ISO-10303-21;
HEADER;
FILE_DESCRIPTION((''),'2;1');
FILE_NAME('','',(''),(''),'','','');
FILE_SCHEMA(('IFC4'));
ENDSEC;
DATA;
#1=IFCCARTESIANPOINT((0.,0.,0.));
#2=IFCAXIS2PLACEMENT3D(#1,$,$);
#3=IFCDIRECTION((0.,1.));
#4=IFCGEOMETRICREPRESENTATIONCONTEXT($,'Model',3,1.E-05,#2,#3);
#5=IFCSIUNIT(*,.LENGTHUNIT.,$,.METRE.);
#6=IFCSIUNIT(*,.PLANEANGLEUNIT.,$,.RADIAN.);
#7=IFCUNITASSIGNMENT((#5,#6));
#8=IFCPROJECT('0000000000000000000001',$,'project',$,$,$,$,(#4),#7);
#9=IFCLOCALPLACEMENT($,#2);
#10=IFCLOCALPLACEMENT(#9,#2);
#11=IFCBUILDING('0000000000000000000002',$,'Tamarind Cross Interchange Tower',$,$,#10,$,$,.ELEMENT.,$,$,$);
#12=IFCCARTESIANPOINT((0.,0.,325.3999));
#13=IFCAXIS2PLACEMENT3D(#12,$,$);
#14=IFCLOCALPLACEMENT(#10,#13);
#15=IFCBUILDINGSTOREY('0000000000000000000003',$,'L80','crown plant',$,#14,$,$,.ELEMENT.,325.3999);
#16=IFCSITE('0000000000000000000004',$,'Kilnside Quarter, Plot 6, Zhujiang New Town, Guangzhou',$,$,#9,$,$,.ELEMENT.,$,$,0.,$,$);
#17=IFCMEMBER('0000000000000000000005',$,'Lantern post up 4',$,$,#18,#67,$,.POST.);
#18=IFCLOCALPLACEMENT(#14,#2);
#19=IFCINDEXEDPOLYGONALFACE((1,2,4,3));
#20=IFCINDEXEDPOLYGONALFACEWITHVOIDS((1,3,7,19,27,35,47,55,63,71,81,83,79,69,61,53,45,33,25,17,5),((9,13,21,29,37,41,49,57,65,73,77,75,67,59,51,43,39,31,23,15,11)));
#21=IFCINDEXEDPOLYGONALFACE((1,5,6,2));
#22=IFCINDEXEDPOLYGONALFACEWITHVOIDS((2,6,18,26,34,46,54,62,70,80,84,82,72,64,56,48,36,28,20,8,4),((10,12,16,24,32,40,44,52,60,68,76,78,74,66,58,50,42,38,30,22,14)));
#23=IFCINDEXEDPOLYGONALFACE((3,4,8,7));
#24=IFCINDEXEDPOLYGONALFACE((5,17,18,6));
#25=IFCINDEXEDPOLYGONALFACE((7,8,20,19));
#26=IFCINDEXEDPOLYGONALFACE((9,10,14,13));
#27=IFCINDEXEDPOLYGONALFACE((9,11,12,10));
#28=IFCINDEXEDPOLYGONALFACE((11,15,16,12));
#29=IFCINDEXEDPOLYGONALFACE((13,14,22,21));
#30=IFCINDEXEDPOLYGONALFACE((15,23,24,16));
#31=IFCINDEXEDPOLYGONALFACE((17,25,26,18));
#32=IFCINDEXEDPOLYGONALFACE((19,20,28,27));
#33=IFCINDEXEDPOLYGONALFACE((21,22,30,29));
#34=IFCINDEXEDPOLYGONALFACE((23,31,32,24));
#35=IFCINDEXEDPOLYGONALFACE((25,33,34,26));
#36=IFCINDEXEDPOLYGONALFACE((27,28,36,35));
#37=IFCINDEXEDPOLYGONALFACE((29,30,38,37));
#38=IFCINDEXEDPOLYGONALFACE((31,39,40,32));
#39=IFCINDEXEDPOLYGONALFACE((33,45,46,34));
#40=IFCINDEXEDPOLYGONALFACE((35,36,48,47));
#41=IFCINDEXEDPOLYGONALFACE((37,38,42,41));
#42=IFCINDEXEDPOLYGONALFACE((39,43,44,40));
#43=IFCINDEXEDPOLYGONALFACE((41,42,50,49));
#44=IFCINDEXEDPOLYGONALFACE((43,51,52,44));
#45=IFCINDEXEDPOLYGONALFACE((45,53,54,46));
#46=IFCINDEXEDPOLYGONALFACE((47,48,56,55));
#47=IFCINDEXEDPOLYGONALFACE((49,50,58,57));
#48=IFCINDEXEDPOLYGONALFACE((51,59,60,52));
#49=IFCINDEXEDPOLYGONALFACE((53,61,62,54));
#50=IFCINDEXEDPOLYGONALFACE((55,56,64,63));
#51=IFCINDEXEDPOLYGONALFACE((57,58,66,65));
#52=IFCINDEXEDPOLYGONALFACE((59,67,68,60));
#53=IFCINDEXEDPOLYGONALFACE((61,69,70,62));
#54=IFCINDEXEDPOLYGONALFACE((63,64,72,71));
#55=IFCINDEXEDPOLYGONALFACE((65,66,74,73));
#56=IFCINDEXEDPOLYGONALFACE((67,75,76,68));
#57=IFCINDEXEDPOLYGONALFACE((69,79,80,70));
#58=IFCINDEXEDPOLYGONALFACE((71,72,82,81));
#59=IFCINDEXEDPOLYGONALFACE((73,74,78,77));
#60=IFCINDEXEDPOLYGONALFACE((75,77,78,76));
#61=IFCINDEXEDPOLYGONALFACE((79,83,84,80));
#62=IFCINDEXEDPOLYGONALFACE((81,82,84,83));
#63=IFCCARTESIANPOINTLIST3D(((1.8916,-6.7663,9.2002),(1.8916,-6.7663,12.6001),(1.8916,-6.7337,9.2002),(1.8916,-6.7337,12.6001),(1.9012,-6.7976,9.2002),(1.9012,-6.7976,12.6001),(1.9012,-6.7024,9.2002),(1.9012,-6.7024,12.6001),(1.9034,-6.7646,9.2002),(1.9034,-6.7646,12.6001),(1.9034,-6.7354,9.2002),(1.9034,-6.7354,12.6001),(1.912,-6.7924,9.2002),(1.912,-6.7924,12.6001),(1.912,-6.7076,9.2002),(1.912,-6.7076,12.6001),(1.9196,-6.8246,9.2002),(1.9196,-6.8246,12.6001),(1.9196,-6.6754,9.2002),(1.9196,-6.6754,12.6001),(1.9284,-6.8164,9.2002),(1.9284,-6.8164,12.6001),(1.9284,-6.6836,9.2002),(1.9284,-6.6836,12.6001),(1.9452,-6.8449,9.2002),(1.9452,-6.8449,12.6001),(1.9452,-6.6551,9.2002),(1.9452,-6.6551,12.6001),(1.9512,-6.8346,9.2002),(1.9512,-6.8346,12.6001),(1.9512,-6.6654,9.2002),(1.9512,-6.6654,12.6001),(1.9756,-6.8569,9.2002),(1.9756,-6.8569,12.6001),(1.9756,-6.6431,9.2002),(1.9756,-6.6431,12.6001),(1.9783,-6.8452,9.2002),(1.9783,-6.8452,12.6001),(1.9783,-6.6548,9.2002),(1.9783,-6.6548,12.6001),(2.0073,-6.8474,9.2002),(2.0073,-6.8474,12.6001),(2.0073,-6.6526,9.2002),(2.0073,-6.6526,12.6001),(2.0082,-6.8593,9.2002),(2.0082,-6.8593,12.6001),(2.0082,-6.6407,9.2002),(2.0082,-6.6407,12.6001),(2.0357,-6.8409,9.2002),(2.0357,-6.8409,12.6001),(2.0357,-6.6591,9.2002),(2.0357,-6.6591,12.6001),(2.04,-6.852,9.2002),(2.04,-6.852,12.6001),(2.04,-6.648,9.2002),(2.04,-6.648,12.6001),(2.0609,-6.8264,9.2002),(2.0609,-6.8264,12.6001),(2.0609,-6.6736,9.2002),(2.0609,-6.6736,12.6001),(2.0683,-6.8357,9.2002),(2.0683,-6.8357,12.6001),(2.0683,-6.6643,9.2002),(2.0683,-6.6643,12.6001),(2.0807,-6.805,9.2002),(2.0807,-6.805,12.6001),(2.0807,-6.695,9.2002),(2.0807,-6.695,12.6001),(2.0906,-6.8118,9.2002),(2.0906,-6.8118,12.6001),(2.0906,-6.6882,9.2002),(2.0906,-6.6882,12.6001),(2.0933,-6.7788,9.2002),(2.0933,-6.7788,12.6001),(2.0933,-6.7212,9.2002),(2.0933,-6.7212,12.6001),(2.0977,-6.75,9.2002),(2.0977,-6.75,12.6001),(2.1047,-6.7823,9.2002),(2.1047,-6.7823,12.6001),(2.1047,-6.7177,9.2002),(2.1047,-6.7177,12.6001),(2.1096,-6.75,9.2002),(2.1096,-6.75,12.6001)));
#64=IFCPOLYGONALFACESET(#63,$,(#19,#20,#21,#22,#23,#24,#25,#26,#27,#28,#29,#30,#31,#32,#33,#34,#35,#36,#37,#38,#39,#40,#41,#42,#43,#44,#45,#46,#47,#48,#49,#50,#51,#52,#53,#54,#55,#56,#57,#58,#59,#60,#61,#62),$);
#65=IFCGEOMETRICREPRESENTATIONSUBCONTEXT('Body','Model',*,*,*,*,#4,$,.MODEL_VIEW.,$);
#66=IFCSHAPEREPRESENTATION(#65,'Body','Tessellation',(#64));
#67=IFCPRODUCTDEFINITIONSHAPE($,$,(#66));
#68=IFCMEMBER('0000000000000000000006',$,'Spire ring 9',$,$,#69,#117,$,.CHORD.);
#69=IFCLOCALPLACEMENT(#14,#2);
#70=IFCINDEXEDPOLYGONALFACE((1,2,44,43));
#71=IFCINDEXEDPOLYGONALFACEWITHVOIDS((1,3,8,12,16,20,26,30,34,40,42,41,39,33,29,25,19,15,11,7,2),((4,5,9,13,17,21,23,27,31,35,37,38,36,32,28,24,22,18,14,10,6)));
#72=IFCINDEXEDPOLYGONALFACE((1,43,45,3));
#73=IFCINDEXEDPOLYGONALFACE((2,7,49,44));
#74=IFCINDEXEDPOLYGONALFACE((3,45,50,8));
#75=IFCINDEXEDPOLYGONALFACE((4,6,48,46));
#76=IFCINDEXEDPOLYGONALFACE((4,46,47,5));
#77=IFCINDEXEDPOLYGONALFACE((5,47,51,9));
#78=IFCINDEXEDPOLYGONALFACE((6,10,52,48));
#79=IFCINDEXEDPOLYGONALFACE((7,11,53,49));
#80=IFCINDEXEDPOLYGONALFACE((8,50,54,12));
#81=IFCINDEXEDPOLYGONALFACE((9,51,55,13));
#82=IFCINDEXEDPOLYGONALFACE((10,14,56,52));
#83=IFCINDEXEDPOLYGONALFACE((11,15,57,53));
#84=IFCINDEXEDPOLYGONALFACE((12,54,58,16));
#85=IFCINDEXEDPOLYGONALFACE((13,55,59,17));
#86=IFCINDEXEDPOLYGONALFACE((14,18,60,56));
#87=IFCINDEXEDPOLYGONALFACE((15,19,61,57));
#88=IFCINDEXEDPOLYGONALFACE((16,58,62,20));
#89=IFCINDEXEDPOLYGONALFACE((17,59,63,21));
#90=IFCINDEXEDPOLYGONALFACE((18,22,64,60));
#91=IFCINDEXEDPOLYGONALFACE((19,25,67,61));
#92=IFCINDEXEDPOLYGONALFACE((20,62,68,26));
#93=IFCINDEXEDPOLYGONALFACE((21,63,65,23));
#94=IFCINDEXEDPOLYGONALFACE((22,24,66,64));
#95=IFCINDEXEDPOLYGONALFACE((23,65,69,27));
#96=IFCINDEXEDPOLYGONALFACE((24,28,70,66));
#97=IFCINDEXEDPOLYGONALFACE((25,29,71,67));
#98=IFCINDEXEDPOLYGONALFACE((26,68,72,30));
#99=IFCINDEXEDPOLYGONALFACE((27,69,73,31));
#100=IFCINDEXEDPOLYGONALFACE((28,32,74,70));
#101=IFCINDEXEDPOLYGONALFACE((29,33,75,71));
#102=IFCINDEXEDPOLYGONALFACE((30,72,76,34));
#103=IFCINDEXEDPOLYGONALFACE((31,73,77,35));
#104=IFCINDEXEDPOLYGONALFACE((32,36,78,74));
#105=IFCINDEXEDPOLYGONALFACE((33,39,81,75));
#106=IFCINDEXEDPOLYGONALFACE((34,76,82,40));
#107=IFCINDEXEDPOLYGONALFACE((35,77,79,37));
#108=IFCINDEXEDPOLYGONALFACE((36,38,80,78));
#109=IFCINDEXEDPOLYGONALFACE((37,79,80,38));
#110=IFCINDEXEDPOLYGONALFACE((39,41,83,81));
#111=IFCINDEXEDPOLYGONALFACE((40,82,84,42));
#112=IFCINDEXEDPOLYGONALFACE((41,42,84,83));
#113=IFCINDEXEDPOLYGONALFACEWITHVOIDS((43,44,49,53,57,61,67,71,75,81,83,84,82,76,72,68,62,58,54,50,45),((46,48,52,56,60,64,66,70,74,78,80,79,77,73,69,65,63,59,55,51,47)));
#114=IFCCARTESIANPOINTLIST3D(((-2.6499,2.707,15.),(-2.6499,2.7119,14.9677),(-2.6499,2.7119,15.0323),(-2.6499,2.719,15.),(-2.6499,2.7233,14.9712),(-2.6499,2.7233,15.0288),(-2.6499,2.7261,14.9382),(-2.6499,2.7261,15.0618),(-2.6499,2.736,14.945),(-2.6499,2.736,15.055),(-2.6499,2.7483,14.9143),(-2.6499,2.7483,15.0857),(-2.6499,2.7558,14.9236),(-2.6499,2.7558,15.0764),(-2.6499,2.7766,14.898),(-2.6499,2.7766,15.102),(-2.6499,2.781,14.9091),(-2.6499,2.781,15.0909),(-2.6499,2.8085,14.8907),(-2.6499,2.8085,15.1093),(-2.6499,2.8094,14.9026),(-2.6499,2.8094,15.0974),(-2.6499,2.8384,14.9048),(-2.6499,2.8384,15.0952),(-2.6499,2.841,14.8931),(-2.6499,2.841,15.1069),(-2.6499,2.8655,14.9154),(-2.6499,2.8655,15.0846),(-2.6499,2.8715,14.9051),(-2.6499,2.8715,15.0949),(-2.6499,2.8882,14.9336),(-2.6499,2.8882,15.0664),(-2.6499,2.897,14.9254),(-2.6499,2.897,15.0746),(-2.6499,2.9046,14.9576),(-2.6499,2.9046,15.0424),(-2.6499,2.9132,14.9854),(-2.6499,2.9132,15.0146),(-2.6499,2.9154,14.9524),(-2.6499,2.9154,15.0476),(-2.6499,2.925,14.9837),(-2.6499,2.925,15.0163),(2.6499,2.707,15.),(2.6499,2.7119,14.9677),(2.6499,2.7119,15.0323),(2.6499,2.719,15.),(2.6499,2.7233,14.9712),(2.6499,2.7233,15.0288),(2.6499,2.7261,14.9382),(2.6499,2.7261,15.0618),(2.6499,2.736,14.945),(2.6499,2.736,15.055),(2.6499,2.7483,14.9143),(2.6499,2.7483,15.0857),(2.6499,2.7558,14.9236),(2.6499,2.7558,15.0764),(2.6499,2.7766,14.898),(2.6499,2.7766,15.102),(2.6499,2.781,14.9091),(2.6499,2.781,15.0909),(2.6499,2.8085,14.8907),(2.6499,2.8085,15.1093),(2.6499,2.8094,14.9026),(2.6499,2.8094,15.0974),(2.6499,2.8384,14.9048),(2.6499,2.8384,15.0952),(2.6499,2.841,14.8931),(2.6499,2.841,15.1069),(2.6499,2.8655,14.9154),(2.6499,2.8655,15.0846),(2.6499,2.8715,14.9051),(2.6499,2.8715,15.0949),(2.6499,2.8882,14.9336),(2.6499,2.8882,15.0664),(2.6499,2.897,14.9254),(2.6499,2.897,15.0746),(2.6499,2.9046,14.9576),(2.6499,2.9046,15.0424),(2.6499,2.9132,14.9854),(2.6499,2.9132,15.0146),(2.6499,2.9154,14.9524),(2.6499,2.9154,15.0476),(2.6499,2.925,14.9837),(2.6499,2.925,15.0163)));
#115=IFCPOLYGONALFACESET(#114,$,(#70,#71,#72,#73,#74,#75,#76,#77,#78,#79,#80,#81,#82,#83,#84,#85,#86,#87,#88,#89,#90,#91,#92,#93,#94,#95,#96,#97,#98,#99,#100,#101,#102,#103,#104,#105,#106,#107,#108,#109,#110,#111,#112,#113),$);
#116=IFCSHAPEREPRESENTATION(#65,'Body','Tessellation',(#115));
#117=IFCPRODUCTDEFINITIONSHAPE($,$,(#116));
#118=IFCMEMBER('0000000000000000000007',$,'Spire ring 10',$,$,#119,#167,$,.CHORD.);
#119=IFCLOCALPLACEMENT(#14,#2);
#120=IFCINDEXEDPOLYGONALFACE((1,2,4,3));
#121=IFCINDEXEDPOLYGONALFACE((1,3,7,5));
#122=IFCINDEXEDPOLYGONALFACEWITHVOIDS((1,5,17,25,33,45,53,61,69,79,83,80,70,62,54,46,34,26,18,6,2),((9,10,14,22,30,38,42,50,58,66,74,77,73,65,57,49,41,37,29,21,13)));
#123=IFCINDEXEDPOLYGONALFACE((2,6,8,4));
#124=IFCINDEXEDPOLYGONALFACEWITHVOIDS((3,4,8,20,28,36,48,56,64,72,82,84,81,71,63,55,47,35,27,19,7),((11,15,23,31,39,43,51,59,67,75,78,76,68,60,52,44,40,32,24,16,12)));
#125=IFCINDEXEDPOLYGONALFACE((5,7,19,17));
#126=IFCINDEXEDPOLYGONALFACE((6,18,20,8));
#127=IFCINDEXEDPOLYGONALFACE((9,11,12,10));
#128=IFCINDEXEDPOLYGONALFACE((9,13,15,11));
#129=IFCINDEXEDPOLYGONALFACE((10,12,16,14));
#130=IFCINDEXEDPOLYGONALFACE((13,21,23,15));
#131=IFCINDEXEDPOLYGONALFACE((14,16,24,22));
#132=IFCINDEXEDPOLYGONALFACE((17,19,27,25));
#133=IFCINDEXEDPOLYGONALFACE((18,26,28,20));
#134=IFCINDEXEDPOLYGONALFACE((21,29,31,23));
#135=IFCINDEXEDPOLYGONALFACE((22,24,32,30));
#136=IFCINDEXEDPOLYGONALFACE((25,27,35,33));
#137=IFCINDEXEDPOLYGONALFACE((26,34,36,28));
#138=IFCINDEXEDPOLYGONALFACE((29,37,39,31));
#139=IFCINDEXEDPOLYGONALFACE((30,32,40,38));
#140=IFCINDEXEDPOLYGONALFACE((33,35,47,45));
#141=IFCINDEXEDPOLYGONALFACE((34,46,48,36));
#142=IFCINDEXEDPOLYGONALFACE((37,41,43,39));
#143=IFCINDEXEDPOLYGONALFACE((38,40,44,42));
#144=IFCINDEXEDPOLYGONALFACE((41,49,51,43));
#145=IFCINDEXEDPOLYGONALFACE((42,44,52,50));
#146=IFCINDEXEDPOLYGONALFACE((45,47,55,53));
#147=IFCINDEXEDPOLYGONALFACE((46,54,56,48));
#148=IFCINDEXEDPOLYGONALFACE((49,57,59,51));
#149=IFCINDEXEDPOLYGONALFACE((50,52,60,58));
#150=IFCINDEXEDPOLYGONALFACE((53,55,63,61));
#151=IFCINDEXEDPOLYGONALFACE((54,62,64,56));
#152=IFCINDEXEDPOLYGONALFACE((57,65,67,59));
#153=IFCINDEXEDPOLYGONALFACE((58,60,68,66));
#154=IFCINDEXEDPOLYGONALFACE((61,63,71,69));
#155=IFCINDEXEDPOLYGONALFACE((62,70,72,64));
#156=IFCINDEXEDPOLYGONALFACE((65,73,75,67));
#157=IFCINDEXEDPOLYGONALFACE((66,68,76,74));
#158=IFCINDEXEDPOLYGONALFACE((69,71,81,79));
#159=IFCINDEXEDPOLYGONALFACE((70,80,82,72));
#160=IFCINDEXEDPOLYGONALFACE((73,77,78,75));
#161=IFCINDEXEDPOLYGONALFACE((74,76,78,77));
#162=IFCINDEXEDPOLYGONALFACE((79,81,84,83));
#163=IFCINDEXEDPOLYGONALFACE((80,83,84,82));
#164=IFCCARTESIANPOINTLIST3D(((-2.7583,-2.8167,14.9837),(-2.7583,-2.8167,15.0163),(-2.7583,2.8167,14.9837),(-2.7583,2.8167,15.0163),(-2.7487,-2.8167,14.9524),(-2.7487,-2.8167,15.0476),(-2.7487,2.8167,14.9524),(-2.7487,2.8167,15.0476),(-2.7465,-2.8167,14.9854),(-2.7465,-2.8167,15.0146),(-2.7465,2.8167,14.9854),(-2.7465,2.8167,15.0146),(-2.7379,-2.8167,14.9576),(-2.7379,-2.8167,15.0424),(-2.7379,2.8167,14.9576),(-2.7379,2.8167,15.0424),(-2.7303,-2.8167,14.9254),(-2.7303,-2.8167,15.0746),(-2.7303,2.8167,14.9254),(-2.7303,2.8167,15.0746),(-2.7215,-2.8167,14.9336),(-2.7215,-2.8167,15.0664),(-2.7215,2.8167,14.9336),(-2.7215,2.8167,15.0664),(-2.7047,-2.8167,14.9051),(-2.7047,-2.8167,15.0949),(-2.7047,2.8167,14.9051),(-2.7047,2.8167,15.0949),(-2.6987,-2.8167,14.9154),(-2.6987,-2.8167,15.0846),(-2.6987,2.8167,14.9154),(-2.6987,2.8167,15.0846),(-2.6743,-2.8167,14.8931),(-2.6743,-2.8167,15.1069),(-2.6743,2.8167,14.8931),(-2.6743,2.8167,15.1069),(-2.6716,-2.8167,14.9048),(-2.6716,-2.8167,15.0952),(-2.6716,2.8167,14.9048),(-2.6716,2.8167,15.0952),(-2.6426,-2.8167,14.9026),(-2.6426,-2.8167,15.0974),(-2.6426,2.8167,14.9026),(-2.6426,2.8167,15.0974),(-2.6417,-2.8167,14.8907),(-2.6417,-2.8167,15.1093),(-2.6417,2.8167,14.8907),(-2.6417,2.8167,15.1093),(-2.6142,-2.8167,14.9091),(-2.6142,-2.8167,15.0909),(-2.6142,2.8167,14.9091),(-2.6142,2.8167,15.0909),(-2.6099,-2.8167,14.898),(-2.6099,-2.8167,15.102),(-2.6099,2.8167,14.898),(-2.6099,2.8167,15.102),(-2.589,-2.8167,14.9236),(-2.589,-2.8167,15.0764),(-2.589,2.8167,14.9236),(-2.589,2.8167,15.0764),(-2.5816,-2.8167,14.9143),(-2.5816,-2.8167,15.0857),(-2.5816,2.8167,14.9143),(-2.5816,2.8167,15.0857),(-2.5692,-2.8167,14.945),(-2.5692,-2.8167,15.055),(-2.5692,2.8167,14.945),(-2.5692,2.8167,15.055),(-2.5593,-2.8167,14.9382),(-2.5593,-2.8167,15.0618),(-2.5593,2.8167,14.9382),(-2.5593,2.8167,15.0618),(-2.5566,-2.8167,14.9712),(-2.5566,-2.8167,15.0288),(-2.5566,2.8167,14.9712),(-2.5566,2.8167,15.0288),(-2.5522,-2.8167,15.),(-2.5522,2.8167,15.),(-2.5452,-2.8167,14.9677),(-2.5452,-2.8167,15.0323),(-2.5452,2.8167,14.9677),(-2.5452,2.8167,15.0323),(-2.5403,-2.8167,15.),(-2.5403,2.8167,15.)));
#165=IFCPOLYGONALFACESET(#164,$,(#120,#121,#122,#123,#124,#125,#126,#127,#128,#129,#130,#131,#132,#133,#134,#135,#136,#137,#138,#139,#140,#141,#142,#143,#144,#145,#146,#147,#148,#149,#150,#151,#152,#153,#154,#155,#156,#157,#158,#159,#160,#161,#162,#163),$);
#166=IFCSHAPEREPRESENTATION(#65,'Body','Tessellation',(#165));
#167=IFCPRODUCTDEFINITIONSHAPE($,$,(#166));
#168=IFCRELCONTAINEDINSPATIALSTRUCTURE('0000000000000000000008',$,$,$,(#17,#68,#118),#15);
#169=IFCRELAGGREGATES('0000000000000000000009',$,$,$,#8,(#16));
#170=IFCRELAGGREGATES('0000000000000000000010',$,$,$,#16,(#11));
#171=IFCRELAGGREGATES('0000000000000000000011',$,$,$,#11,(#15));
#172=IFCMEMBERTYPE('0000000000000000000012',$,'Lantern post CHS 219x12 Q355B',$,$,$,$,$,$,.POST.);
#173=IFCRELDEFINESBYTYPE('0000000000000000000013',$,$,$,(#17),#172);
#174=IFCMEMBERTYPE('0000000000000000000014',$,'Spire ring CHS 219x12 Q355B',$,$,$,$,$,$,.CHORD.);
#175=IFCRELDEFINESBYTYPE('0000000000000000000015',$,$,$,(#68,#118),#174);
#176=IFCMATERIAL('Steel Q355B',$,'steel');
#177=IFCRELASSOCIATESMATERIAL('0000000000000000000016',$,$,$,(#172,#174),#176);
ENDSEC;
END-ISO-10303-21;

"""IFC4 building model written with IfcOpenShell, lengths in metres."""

from ifc_helpers import new_model, si_unit, direction, frame, origin, origin_2d, place, context, subcontext, project, spatial, hollow_circle, extrude, material, material_profile, profile_set, type_object, element, save


model = new_model("IFC4")

# Units and contexts
model_context = context("Model", 3, precision=1e-05, world=origin(), true_north=direction((0.0, 1.0)))
body_context = subcontext(model_context, "Body", "Model", "MODEL_VIEW")
ifc_project = project(units=[si_unit("LENGTHUNIT", "METRE"), si_unit("PLANEANGLEUNIT", "RADIAN")], contexts=[model_context])

# Site, building, storey
site_placement = place(None, origin())
site = spatial("IfcSite", under=ifc_project, at=site_placement, Name="Kilnside Quarter, Plot 6, Zhujiang New Town, Guangzhou", CompositionType="ELEMENT", RefElevation=0.0)
building_placement = place(site_placement, origin())
building = spatial("IfcBuilding", under=site, at=building_placement, Name="Tamarind Cross Interchange Tower", CompositionType="ELEMENT")
storey_placement = place(building_placement, frame((0.0, 0.0, 325.3999)))
storey = spatial("IfcBuildingStorey", under=building, at=storey_placement, Name="L80", Description="crown plant", CompositionType="ELEMENT", Elevation=325.3999)

# Members
ifc_material_1 = material(Name="Steel Q355B", Category="steel")
ifc_material_profile_1 = material_profile(ifc_material_1, hollow_circle(Radius=0.1096, WallThickness=0.012, at=origin_2d()), Name="CHS 219x12")
ifc_profile_set_1 = profile_set([ifc_material_profile_1], Name="Steel Q355B")
member_type_1 = type_object("IfcMemberType", Name="Lantern post CHS 219x12 Q355B", PredefinedType="POST", material=ifc_profile_set_1)
for number, where, z_axis, x_axis, name in (
    (1, (2.0, -6.75, 9.2002), (0.0, 0.0, 1.0), (1.0, 0.0, 0.0), "Lantern post up 4"),
):
    element("IfcMember", number, at=place(storey_placement, frame(where, z_axis=z_axis, x_axis=x_axis)), inside=storey, type_object=member_type_1, Name=name, PredefinedType="POST", context=body_context, shape_type="SweptSolid", body=[
        extrude(hollow_circle(Radius=0.1096, WallThickness=0.012, at=origin_2d()), origin(), (0.0, 0.0, 1.0), 3.3999),
    ])
ifc_material_profile_2 = material_profile(ifc_material_1, hollow_circle(Radius=0.1096, WallThickness=0.012, at=origin_2d()), Name="CHS 219x12")
ifc_profile_set_2 = profile_set([ifc_material_profile_2], Name="Steel Q355B")
member_type_2 = type_object("IfcMemberType", Name="Spire ring CHS 219x12 Q355B", PredefinedType="CHORD", material=ifc_profile_set_2)
member_1_placement = place(storey_placement, frame((2.6499, 2.8167, 15.0), z_axis=(-1.0, 0.0, 0.0), x_axis=(0.0, -1.0, 0.0)))
element("IfcMember", 2, at=member_1_placement, inside=storey, type_object=member_type_2, Name="Spire ring 9", PredefinedType="CHORD", context=body_context, shape_type="SweptSolid", body=[
    extrude(hollow_circle(Radius=0.1096, WallThickness=0.012, at=origin_2d()), origin(), (0.0, 0.0, 1.0), 5.2998),
])
member_2_placement = place(storey_placement, frame((-2.6499, 2.8167, 15.0), z_axis=(0.0, -1.0, 0.0), x_axis=(1.0, 0.0, 0.0)))
element("IfcMember", 3, at=member_2_placement, inside=storey, type_object=member_type_2, Name="Spire ring 10", PredefinedType="CHORD", context=body_context, shape_type="SweptSolid", body=[
    extrude(hollow_circle(Radius=0.1096, WallThickness=0.012, at=origin_2d()), origin(), (0.0, 0.0, 1.0), 5.6333),
])

save(model, "model.ifc")
